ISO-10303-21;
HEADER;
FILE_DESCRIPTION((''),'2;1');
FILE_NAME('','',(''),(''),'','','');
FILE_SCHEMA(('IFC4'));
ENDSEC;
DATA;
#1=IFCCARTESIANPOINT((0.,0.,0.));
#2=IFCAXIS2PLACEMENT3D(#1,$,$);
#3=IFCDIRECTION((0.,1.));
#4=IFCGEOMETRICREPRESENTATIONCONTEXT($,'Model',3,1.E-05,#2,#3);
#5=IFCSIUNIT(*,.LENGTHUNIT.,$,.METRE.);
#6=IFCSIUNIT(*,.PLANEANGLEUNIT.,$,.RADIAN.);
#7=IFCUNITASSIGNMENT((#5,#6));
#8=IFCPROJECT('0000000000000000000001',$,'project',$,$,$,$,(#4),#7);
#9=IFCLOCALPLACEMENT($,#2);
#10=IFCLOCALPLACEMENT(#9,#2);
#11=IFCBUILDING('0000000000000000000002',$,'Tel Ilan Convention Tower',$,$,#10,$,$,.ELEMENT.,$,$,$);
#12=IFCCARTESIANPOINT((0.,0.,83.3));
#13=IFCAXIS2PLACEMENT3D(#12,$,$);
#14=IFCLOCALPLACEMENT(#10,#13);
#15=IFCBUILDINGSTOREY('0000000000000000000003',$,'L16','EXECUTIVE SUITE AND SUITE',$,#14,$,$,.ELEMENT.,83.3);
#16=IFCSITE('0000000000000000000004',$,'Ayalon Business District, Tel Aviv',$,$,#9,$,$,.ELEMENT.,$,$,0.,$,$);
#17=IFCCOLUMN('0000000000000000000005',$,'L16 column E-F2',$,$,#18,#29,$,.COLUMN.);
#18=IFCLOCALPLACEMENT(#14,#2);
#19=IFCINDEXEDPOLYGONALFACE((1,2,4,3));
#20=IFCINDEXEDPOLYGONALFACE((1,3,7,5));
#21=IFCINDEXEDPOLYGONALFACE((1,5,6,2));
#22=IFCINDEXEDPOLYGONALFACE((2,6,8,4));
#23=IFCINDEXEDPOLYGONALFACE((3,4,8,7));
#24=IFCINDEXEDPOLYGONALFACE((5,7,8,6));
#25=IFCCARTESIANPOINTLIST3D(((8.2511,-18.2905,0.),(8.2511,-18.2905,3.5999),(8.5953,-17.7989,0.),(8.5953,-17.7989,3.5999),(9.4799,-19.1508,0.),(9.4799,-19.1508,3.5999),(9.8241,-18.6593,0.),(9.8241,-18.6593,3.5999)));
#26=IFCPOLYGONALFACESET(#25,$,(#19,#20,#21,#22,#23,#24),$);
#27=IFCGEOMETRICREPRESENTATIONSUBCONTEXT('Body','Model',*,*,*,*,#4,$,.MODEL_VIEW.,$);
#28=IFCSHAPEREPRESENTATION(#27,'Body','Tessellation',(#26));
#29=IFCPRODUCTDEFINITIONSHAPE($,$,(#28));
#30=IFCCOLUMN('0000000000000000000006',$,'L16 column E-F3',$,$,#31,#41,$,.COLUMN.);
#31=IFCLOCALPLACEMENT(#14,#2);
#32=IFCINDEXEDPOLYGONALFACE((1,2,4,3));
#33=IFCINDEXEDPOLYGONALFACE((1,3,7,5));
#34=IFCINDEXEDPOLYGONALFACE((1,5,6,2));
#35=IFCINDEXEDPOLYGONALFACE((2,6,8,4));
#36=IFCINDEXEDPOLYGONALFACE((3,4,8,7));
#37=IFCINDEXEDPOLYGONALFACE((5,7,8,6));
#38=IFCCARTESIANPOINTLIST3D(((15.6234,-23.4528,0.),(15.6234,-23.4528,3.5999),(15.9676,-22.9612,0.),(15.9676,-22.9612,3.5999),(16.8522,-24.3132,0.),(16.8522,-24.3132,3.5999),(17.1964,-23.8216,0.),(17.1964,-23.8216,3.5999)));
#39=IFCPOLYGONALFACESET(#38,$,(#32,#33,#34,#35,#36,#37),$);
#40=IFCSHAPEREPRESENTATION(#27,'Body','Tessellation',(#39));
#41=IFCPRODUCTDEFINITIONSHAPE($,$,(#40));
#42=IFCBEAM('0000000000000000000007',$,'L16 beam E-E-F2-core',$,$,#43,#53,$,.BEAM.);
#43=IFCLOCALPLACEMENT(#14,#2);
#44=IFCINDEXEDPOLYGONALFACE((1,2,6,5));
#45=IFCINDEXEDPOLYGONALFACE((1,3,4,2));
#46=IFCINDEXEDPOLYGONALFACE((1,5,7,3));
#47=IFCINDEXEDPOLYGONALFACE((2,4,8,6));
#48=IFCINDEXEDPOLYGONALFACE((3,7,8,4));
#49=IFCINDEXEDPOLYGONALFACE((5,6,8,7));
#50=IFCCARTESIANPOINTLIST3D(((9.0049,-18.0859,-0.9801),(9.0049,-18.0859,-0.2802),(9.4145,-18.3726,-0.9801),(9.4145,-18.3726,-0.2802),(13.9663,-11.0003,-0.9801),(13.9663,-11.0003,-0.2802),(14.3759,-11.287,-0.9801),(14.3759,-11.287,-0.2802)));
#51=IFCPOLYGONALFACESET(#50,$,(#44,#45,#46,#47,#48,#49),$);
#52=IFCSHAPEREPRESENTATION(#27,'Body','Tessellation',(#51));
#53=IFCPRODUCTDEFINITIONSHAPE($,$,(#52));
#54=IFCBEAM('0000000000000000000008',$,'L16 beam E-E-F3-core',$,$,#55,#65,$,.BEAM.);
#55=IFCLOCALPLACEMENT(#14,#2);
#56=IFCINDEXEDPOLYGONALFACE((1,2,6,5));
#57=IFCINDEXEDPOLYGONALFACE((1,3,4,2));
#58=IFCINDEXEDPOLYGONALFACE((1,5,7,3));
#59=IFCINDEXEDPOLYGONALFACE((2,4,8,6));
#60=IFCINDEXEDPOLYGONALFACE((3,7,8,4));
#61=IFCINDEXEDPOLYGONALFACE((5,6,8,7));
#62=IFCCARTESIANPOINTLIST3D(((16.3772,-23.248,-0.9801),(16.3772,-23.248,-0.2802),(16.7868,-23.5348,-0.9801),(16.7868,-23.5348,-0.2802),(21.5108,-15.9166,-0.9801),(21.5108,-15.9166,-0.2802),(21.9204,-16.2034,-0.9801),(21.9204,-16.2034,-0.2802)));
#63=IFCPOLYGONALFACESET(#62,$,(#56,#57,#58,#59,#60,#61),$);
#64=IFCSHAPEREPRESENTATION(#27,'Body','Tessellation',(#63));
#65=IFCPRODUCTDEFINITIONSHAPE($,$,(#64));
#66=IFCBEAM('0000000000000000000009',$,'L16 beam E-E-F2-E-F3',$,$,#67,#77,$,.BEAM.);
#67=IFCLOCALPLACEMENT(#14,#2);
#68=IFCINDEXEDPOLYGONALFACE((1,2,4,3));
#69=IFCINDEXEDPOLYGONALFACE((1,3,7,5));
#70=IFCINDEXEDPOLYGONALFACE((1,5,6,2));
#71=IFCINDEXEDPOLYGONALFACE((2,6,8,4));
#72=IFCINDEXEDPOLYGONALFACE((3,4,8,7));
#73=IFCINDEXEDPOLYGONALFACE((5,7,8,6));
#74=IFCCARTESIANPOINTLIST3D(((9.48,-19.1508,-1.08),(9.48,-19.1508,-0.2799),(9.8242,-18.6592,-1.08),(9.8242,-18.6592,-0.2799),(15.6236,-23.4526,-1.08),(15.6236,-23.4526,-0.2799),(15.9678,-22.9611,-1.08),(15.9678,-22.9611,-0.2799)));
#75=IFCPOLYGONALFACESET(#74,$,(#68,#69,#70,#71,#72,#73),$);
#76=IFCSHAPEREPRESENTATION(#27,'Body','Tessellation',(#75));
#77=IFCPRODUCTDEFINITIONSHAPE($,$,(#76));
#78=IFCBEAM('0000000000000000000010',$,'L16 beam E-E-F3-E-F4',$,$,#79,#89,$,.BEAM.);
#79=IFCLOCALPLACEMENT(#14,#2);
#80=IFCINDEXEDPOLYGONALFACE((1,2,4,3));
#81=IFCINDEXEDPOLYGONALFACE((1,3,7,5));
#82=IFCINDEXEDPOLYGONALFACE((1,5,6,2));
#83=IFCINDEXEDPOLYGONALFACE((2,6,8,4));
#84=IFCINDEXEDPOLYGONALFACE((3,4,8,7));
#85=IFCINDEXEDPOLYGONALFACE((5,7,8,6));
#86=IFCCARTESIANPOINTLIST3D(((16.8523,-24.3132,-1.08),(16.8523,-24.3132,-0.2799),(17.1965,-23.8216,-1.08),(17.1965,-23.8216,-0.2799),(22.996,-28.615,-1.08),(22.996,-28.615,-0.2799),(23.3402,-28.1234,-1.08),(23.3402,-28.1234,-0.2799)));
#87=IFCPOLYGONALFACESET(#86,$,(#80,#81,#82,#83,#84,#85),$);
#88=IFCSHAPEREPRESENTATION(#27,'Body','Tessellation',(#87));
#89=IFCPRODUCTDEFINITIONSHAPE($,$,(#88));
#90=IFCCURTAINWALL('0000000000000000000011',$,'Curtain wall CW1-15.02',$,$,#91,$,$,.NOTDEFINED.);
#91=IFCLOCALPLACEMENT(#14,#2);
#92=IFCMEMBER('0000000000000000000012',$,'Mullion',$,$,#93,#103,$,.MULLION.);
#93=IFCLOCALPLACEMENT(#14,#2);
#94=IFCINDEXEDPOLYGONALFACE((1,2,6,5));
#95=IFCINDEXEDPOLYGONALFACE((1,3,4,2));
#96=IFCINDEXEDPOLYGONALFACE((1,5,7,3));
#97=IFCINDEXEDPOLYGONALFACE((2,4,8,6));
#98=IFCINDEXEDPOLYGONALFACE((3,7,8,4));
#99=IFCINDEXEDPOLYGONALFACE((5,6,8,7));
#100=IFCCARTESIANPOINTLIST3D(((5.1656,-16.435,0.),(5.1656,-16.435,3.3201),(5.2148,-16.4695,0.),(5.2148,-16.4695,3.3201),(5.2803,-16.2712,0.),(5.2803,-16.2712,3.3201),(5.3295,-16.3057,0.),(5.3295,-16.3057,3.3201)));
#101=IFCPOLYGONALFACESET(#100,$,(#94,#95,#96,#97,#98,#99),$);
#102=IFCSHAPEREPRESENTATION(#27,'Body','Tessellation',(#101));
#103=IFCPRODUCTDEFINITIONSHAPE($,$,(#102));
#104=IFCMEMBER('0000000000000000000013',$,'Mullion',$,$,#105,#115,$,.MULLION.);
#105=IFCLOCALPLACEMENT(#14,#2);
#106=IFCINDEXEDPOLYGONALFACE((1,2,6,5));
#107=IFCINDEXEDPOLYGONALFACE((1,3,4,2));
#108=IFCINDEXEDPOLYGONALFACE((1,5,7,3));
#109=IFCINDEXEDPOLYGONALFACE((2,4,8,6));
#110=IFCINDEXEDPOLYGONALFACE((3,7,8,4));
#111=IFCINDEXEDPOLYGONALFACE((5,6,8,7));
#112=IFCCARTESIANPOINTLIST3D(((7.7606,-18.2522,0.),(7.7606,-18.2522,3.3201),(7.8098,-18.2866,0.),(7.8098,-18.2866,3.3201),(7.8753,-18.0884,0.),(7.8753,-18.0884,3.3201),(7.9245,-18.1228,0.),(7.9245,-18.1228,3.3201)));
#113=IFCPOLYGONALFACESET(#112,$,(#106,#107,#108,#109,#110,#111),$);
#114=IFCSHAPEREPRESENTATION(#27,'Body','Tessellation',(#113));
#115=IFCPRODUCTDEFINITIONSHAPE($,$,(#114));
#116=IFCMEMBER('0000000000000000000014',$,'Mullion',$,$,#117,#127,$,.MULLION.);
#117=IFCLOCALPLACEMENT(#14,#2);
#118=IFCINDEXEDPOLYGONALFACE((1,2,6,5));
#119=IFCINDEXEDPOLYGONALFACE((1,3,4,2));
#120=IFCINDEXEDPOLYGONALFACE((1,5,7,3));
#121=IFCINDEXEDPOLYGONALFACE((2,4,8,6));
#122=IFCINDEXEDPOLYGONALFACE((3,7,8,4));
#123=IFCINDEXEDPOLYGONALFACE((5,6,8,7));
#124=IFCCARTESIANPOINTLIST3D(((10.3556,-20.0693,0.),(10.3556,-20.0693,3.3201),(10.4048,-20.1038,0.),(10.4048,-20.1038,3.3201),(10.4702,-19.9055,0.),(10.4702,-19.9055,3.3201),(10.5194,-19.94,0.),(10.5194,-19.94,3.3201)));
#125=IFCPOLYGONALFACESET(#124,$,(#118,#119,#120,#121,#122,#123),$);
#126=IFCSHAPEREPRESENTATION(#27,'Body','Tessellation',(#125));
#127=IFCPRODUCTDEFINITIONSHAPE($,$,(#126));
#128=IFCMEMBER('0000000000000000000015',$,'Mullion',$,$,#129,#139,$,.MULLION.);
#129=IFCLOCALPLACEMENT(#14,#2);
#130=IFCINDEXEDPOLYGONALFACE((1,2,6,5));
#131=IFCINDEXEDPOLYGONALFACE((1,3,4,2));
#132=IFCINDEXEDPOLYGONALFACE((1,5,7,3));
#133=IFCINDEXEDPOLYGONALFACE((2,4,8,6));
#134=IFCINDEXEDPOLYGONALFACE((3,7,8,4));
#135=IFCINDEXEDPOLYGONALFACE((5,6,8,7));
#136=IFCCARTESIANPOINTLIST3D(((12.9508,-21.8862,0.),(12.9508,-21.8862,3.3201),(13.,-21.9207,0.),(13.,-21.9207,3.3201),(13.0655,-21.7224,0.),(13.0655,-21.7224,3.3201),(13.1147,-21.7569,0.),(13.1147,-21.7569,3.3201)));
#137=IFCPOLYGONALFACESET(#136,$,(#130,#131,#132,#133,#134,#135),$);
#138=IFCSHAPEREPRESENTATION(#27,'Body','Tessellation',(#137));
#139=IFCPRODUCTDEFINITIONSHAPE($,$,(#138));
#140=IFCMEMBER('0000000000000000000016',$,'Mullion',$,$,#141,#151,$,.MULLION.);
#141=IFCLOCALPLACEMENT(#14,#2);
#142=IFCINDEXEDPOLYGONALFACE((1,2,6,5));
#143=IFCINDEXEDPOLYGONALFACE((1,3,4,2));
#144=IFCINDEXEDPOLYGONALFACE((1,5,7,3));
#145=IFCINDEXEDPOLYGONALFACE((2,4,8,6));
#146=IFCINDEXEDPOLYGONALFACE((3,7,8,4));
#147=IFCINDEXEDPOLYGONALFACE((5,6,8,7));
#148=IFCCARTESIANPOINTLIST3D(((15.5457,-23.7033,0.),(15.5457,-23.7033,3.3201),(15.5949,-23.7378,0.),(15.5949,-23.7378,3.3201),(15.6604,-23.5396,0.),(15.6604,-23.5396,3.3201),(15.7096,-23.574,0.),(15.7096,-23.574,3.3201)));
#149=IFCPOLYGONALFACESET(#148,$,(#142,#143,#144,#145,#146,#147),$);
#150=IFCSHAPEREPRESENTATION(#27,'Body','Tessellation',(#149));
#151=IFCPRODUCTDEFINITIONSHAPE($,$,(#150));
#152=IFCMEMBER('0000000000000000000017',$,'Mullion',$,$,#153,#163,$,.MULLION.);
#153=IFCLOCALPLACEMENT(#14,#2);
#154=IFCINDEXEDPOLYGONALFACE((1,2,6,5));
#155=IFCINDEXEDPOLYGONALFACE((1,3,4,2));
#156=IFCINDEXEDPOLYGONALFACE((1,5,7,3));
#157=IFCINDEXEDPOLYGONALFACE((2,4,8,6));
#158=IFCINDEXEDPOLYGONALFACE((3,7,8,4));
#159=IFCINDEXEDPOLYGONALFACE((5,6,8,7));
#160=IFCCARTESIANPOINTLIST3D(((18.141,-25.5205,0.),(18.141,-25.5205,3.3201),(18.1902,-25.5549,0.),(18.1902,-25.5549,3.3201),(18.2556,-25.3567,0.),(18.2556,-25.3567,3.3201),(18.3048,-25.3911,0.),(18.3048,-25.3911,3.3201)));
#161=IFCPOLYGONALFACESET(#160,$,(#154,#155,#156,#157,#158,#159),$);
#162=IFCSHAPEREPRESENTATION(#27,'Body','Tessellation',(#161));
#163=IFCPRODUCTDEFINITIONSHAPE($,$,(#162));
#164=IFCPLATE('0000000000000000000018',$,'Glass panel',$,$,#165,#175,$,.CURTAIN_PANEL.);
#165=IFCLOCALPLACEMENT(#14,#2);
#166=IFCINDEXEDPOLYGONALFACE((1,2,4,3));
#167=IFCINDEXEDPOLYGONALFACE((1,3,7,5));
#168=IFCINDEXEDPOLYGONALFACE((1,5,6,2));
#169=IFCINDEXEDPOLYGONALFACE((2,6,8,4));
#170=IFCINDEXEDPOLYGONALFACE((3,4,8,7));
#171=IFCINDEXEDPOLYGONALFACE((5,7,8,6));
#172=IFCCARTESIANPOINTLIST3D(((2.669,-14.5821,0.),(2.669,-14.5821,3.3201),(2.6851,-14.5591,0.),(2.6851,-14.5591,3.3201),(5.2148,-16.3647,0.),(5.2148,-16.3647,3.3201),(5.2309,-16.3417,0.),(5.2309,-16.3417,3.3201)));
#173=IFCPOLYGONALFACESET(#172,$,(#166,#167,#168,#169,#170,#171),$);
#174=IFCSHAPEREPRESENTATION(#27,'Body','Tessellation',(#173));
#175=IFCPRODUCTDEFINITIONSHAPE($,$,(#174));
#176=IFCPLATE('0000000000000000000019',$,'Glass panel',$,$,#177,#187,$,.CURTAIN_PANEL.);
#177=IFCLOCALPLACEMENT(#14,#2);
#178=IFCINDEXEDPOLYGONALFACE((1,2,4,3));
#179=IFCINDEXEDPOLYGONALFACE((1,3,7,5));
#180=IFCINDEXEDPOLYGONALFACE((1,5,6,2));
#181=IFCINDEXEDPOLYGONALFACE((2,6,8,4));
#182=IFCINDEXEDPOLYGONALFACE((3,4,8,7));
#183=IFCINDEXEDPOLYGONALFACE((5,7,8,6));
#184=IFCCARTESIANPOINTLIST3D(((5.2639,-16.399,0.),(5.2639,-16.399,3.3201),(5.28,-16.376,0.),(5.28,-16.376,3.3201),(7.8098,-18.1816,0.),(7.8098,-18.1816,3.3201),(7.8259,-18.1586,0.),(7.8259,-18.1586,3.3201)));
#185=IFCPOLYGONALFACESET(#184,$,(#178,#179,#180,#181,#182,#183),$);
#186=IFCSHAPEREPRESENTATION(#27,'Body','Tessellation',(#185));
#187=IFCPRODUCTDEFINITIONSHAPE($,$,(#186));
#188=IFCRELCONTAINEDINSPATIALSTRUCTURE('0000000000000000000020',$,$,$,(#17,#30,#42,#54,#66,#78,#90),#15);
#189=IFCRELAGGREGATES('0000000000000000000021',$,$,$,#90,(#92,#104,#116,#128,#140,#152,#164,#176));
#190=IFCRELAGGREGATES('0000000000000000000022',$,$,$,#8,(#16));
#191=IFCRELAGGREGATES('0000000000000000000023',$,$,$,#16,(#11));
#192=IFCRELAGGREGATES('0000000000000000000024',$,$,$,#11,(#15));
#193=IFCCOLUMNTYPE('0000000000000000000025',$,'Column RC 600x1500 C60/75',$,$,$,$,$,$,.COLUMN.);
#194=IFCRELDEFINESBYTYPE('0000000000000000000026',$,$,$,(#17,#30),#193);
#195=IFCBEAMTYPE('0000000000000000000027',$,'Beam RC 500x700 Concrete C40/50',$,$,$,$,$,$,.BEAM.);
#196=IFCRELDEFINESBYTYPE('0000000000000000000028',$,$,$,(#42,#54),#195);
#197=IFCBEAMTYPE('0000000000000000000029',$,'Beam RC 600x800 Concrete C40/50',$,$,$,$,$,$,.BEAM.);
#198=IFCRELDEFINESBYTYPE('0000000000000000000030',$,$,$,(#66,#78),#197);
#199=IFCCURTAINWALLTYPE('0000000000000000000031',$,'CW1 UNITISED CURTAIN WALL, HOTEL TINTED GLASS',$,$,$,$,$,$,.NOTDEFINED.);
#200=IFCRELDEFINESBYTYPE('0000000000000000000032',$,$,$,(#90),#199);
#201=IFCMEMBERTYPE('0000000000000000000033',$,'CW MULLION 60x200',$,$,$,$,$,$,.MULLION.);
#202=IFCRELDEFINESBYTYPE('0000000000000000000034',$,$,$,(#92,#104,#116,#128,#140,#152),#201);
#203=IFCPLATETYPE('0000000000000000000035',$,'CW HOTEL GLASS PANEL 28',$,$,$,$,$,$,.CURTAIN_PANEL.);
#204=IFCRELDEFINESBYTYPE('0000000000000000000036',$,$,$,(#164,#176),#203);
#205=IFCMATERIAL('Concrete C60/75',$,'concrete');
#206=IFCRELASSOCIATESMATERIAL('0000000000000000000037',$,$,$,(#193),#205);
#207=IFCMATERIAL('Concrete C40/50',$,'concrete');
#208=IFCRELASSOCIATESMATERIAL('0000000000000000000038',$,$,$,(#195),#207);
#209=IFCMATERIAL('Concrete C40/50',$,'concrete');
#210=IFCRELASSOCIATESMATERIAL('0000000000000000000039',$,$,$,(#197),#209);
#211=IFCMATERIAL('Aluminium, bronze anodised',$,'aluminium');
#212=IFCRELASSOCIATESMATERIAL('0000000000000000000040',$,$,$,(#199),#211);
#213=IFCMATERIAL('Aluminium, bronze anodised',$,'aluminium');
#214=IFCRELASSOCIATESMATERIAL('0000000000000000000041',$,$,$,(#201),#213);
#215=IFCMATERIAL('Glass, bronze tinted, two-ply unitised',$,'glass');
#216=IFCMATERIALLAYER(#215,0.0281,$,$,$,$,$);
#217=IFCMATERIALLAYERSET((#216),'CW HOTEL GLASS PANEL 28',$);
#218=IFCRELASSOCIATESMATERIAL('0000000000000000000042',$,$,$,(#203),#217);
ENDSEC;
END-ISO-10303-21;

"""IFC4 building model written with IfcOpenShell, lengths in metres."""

from ifc_helpers import new_model, si_unit, direction, frame, origin, origin_2d, place, context, subcontext, project, spatial, rectangle, extrude, material, layer, layer_set, material_profile, profile_set, type_object, element, aggregate, save


model = new_model("IFC4")

# Units and contexts
model_context = context("Model", 3, precision=1e-05, world=origin(), true_north=direction((0.0, 1.0)))
body_context = subcontext(model_context, "Body", "Model", "MODEL_VIEW")
ifc_project = project(units=[si_unit("LENGTHUNIT", "METRE"), si_unit("PLANEANGLEUNIT", "RADIAN")], contexts=[model_context])

# Site, building, storey
site_placement = place(None, origin())
site = spatial("IfcSite", under=ifc_project, at=site_placement, Name="Ayalon Business District, Tel Aviv", CompositionType="ELEMENT", RefElevation=0.0)
building_placement = place(site_placement, origin())
building = spatial("IfcBuilding", under=site, at=building_placement, Name="Tel Ilan Convention Tower", CompositionType="ELEMENT")
storey_placement = place(building_placement, frame((0.0, 0.0, 83.3)))
storey = spatial("IfcBuildingStorey", under=building, at=storey_placement, Name="L16", Description="EXECUTIVE SUITE AND SUITE", CompositionType="ELEMENT", Elevation=83.3)

# Columns
ifc_material_1 = material(Name="Concrete C60/75", Category="concrete")
ifc_material_profile_1 = material_profile(ifc_material_1, rectangle(XDim=1.5, YDim=0.6001, at=origin_2d()), Name="RC 600x1500")
ifc_profile_set_1 = profile_set([ifc_material_profile_1], Name="Concrete C60/75")
column_type = type_object("IfcColumnType", Name="Column RC 600x1500 C60/75", PredefinedType="COLUMN", material=ifc_profile_set_1)
for number, where, z_axis, x_axis, name in (
    (1, (9.0376, -18.4749, 0.0), (0.0, 0.0, 1.0), (0.819152, -0.573576, 0.0), "L16 column E-F2"),
    (2, (16.4099, -23.6372, 0.0), (0.0, 0.0, 1.0), (0.819152, -0.573576, 0.0), "L16 column E-F3"),
):
    element("IfcColumn", number, at=place(storey_placement, frame(where, z_axis=z_axis, x_axis=x_axis)), inside=storey, type_object=column_type, Name=name, PredefinedType="COLUMN", context=body_context, shape_type="SweptSolid", body=[
        extrude(rectangle(XDim=1.5, YDim=0.6001, at=origin_2d()), origin(), (0.0, 0.0, 1.0), 3.5999),
    ])

# Beams
ifc_material_2 = material(Name="Concrete C40/50", Category="concrete")
ifc_material_profile_2 = material_profile(ifc_material_2, rectangle(XDim=0.5, YDim=0.7, at=origin_2d()), Name="RC 500x700")
ifc_profile_set_2 = profile_set([ifc_material_profile_2], Name="Concrete C40/50")
beam_type_1 = type_object("IfcBeamType", Name="Beam RC 500x700 Concrete C40/50", PredefinedType="BEAM", material=ifc_profile_set_2)
beam_1_placement = place(storey_placement, frame((9.2097, -18.2292, -0.6301), z_axis=(0.573574, 0.819154, 0.0), x_axis=(-0.819154, 0.573574, 0.0)))
element("IfcBeam", 3, at=beam_1_placement, inside=storey, type_object=beam_type_1, Name="L16 beam E-E-F2-core", PredefinedType="BEAM", context=body_context, shape_type="SweptSolid", body=[
    extrude(rectangle(XDim=0.5, YDim=0.7, at=origin_2d()), origin(), (0.0, 0.0, 1.0), 8.6499),
])
beam_2_placement = place(storey_placement, frame((16.582, -23.3914, -0.6301), z_axis=(0.573585, 0.819146, 0.0), x_axis=(-0.819146, 0.573585, 0.0)))
element("IfcBeam", 4, at=beam_2_placement, inside=storey, type_object=beam_type_1, Name="L16 beam E-E-F3-core", PredefinedType="BEAM", context=body_context, shape_type="SweptSolid", body=[
    extrude(rectangle(XDim=0.5, YDim=0.7, at=origin_2d()), origin(), (0.0, 0.0, 1.0), 8.95),
])
ifc_material_3 = material(Name="Concrete C40/50", Category="concrete")
ifc_material_profile_3 = material_profile(ifc_material_3, rectangle(XDim=0.6001, YDim=0.8, at=origin_2d()), Name="RC 600x800")
ifc_profile_set_3 = profile_set([ifc_material_profile_3], Name="Concrete C40/50")
beam_type_2 = type_object("IfcBeamType", Name="Beam RC 600x800 Concrete C40/50", PredefinedType="BEAM", material=ifc_profile_set_3)
for number, where, z_axis, x_axis, name in (
    (5, (9.6521, -18.905, -0.6799), (0.819152, -0.573576, 0.0), (0.573576, 0.819152, 0.0), "L16 beam E-E-F2-E-F3"),
    (6, (17.0244, -24.0674, -0.6799), (0.819152, -0.573576, 0.0), (0.573576, 0.819152, 0.0), "L16 beam E-E-F3-E-F4"),
):
    element("IfcBeam", number, at=place(storey_placement, frame(where, z_axis=z_axis, x_axis=x_axis)), inside=storey, type_object=beam_type_2, Name=name, PredefinedType="BEAM", context=body_context, shape_type="SweptSolid", body=[
        extrude(rectangle(XDim=0.6001, YDim=0.8, at=origin_2d()), origin(), (0.0, 0.0, 1.0), 7.5),
    ])

# Curtain wall, members, plates
ifc_material_4 = material(Name="Aluminium, bronze anodised", Category="aluminium")
curtain_wall_type = type_object("IfcCurtainWallType", Name="CW1 UNITISED CURTAIN WALL, HOTEL TINTED GLASS", PredefinedType="NOTDEFINED", material=ifc_material_4)
curtain_wall_placement = place(storey_placement, origin())
curtain_wall = element("IfcCurtainWall", 7, at=curtain_wall_placement, inside=storey, type_object=curtain_wall_type, Name="Curtain wall CW1-15.02", PredefinedType="NOTDEFINED")
ifc_material_5 = material(Name="Aluminium, bronze anodised", Category="aluminium")
ifc_material_profile_4 = material_profile(ifc_material_5, rectangle(XDim=0.0601, YDim=0.2, at=origin_2d()), Name="CW MULLION 60x200")
ifc_profile_set_4 = profile_set([ifc_material_profile_4], Name="Aluminium, bronze anodised")
member_type = type_object("IfcMemberType", Name="CW MULLION 60x200", PredefinedType="MULLION", material=ifc_profile_set_4)
member_1_placement = place(storey_placement, frame((5.2476, -16.3704, 0.0), z_axis=(0.0, 0.0, 1.0), x_axis=(0.819152, -0.573576, 0.0)))
member_1 = element("IfcMember", 8, at=member_1_placement, type_object=member_type, Name="Mullion", PredefinedType="MULLION", context=body_context, shape_type="SweptSolid", body=[
    extrude(rectangle(XDim=0.0601, YDim=0.2, at=origin_2d()), origin(), (0.0, 0.0, 1.0), 3.3201),
])
member_2_placement = place(storey_placement, frame((7.8425, -18.1875, 0.0), z_axis=(0.0, 0.0, 1.0), x_axis=(0.819152, -0.573576, 0.0)))
member_2 = element("IfcMember", 9, at=member_2_placement, type_object=member_type, Name="Mullion", PredefinedType="MULLION", context=body_context, shape_type="SweptSolid", body=[
    extrude(rectangle(XDim=0.0601, YDim=0.2, at=origin_2d()), origin(), (0.0, 0.0, 1.0), 3.3201),
])
member_3_placement = place(storey_placement, frame((10.4375, -20.0046, 0.0), z_axis=(0.0, 0.0, 1.0), x_axis=(0.819152, -0.573576, 0.0)))
member_3 = element("IfcMember", 10, at=member_3_placement, type_object=member_type, Name="Mullion", PredefinedType="MULLION", context=body_context, shape_type="SweptSolid", body=[
    extrude(rectangle(XDim=0.0601, YDim=0.2, at=origin_2d()), origin(), (0.0, 0.0, 1.0), 3.3201),
])
member_4_placement = place(storey_placement, frame((13.0327, -21.8215, 0.0), z_axis=(0.0, 0.0, 1.0), x_axis=(0.819152, -0.573576, 0.0)))
member_4 = element("IfcMember", 11, at=member_4_placement, type_object=member_type, Name="Mullion", PredefinedType="MULLION", context=body_context, shape_type="SweptSolid", body=[
    extrude(rectangle(XDim=0.0601, YDim=0.2, at=origin_2d()), origin(), (0.0, 0.0, 1.0), 3.3201),
])
member_5_placement = place(storey_placement, frame((15.6277, -23.6387, 0.0), z_axis=(0.0, 0.0, 1.0), x_axis=(0.819152, -0.573576, 0.0)))
member_5 = element("IfcMember", 12, at=member_5_placement, type_object=member_type, Name="Mullion", PredefinedType="MULLION", context=body_context, shape_type="SweptSolid", body=[
    extrude(rectangle(XDim=0.0601, YDim=0.2, at=origin_2d()), origin(), (0.0, 0.0, 1.0), 3.3201),
])
member_6_placement = place(storey_placement, frame((18.2229, -25.4558, 0.0), z_axis=(0.0, 0.0, 1.0), x_axis=(0.819152, -0.573576, 0.0)))
member_6 = element("IfcMember", 13, at=member_6_placement, type_object=member_type, Name="Mullion", PredefinedType="MULLION", context=body_context, shape_type="SweptSolid", body=[
    extrude(rectangle(XDim=0.0601, YDim=0.2, at=origin_2d()), origin(), (0.0, 0.0, 1.0), 3.3201),
])
ifc_material_6 = material(Name="Glass, bronze tinted, two-ply unitised", Category="glass")
ifc_layer_1 = layer(ifc_material_6, 0.0281)
ifc_layer_set_1 = layer_set([ifc_layer_1], Name="CW HOTEL GLASS PANEL 28")
plate_type = type_object("IfcPlateType", Name="CW HOTEL GLASS PANEL 28", PredefinedType="CURTAIN_PANEL", material=ifc_layer_set_1)
plate_1_placement = place(storey_placement, frame((3.95, -15.4619, 0.0), z_axis=(0.0, 0.0, 1.0), x_axis=(0.819152, -0.573576, 0.0)))
plate_1 = element("IfcPlate", 14, at=plate_1_placement, type_object=plate_type, Name="Glass panel", PredefinedType="CURTAIN_PANEL", context=body_context, shape_type="SweptSolid", body=[
    extrude(rectangle(XDim=3.1079, YDim=0.0281, at=origin_2d()), origin(), (0.0, 0.0, 1.0), 3.3201),
])
plate_2_placement = place(storey_placement, frame((6.5449, -17.2788, 0.0), z_axis=(0.0, 0.0, 1.0), x_axis=(0.819152, -0.573576, 0.0)))
plate_2 = element("IfcPlate", 15, at=plate_2_placement, type_object=plate_type, Name="Glass panel", PredefinedType="CURTAIN_PANEL", context=body_context, shape_type="SweptSolid", body=[
    extrude(rectangle(XDim=3.1079, YDim=0.0281, at=origin_2d()), origin(), (0.0, 0.0, 1.0), 3.3201),
])
aggregate(curtain_wall, [member_1, member_2, member_3, member_4, member_5, member_6, plate_1, plate_2])

save(model, "model.ifc")
